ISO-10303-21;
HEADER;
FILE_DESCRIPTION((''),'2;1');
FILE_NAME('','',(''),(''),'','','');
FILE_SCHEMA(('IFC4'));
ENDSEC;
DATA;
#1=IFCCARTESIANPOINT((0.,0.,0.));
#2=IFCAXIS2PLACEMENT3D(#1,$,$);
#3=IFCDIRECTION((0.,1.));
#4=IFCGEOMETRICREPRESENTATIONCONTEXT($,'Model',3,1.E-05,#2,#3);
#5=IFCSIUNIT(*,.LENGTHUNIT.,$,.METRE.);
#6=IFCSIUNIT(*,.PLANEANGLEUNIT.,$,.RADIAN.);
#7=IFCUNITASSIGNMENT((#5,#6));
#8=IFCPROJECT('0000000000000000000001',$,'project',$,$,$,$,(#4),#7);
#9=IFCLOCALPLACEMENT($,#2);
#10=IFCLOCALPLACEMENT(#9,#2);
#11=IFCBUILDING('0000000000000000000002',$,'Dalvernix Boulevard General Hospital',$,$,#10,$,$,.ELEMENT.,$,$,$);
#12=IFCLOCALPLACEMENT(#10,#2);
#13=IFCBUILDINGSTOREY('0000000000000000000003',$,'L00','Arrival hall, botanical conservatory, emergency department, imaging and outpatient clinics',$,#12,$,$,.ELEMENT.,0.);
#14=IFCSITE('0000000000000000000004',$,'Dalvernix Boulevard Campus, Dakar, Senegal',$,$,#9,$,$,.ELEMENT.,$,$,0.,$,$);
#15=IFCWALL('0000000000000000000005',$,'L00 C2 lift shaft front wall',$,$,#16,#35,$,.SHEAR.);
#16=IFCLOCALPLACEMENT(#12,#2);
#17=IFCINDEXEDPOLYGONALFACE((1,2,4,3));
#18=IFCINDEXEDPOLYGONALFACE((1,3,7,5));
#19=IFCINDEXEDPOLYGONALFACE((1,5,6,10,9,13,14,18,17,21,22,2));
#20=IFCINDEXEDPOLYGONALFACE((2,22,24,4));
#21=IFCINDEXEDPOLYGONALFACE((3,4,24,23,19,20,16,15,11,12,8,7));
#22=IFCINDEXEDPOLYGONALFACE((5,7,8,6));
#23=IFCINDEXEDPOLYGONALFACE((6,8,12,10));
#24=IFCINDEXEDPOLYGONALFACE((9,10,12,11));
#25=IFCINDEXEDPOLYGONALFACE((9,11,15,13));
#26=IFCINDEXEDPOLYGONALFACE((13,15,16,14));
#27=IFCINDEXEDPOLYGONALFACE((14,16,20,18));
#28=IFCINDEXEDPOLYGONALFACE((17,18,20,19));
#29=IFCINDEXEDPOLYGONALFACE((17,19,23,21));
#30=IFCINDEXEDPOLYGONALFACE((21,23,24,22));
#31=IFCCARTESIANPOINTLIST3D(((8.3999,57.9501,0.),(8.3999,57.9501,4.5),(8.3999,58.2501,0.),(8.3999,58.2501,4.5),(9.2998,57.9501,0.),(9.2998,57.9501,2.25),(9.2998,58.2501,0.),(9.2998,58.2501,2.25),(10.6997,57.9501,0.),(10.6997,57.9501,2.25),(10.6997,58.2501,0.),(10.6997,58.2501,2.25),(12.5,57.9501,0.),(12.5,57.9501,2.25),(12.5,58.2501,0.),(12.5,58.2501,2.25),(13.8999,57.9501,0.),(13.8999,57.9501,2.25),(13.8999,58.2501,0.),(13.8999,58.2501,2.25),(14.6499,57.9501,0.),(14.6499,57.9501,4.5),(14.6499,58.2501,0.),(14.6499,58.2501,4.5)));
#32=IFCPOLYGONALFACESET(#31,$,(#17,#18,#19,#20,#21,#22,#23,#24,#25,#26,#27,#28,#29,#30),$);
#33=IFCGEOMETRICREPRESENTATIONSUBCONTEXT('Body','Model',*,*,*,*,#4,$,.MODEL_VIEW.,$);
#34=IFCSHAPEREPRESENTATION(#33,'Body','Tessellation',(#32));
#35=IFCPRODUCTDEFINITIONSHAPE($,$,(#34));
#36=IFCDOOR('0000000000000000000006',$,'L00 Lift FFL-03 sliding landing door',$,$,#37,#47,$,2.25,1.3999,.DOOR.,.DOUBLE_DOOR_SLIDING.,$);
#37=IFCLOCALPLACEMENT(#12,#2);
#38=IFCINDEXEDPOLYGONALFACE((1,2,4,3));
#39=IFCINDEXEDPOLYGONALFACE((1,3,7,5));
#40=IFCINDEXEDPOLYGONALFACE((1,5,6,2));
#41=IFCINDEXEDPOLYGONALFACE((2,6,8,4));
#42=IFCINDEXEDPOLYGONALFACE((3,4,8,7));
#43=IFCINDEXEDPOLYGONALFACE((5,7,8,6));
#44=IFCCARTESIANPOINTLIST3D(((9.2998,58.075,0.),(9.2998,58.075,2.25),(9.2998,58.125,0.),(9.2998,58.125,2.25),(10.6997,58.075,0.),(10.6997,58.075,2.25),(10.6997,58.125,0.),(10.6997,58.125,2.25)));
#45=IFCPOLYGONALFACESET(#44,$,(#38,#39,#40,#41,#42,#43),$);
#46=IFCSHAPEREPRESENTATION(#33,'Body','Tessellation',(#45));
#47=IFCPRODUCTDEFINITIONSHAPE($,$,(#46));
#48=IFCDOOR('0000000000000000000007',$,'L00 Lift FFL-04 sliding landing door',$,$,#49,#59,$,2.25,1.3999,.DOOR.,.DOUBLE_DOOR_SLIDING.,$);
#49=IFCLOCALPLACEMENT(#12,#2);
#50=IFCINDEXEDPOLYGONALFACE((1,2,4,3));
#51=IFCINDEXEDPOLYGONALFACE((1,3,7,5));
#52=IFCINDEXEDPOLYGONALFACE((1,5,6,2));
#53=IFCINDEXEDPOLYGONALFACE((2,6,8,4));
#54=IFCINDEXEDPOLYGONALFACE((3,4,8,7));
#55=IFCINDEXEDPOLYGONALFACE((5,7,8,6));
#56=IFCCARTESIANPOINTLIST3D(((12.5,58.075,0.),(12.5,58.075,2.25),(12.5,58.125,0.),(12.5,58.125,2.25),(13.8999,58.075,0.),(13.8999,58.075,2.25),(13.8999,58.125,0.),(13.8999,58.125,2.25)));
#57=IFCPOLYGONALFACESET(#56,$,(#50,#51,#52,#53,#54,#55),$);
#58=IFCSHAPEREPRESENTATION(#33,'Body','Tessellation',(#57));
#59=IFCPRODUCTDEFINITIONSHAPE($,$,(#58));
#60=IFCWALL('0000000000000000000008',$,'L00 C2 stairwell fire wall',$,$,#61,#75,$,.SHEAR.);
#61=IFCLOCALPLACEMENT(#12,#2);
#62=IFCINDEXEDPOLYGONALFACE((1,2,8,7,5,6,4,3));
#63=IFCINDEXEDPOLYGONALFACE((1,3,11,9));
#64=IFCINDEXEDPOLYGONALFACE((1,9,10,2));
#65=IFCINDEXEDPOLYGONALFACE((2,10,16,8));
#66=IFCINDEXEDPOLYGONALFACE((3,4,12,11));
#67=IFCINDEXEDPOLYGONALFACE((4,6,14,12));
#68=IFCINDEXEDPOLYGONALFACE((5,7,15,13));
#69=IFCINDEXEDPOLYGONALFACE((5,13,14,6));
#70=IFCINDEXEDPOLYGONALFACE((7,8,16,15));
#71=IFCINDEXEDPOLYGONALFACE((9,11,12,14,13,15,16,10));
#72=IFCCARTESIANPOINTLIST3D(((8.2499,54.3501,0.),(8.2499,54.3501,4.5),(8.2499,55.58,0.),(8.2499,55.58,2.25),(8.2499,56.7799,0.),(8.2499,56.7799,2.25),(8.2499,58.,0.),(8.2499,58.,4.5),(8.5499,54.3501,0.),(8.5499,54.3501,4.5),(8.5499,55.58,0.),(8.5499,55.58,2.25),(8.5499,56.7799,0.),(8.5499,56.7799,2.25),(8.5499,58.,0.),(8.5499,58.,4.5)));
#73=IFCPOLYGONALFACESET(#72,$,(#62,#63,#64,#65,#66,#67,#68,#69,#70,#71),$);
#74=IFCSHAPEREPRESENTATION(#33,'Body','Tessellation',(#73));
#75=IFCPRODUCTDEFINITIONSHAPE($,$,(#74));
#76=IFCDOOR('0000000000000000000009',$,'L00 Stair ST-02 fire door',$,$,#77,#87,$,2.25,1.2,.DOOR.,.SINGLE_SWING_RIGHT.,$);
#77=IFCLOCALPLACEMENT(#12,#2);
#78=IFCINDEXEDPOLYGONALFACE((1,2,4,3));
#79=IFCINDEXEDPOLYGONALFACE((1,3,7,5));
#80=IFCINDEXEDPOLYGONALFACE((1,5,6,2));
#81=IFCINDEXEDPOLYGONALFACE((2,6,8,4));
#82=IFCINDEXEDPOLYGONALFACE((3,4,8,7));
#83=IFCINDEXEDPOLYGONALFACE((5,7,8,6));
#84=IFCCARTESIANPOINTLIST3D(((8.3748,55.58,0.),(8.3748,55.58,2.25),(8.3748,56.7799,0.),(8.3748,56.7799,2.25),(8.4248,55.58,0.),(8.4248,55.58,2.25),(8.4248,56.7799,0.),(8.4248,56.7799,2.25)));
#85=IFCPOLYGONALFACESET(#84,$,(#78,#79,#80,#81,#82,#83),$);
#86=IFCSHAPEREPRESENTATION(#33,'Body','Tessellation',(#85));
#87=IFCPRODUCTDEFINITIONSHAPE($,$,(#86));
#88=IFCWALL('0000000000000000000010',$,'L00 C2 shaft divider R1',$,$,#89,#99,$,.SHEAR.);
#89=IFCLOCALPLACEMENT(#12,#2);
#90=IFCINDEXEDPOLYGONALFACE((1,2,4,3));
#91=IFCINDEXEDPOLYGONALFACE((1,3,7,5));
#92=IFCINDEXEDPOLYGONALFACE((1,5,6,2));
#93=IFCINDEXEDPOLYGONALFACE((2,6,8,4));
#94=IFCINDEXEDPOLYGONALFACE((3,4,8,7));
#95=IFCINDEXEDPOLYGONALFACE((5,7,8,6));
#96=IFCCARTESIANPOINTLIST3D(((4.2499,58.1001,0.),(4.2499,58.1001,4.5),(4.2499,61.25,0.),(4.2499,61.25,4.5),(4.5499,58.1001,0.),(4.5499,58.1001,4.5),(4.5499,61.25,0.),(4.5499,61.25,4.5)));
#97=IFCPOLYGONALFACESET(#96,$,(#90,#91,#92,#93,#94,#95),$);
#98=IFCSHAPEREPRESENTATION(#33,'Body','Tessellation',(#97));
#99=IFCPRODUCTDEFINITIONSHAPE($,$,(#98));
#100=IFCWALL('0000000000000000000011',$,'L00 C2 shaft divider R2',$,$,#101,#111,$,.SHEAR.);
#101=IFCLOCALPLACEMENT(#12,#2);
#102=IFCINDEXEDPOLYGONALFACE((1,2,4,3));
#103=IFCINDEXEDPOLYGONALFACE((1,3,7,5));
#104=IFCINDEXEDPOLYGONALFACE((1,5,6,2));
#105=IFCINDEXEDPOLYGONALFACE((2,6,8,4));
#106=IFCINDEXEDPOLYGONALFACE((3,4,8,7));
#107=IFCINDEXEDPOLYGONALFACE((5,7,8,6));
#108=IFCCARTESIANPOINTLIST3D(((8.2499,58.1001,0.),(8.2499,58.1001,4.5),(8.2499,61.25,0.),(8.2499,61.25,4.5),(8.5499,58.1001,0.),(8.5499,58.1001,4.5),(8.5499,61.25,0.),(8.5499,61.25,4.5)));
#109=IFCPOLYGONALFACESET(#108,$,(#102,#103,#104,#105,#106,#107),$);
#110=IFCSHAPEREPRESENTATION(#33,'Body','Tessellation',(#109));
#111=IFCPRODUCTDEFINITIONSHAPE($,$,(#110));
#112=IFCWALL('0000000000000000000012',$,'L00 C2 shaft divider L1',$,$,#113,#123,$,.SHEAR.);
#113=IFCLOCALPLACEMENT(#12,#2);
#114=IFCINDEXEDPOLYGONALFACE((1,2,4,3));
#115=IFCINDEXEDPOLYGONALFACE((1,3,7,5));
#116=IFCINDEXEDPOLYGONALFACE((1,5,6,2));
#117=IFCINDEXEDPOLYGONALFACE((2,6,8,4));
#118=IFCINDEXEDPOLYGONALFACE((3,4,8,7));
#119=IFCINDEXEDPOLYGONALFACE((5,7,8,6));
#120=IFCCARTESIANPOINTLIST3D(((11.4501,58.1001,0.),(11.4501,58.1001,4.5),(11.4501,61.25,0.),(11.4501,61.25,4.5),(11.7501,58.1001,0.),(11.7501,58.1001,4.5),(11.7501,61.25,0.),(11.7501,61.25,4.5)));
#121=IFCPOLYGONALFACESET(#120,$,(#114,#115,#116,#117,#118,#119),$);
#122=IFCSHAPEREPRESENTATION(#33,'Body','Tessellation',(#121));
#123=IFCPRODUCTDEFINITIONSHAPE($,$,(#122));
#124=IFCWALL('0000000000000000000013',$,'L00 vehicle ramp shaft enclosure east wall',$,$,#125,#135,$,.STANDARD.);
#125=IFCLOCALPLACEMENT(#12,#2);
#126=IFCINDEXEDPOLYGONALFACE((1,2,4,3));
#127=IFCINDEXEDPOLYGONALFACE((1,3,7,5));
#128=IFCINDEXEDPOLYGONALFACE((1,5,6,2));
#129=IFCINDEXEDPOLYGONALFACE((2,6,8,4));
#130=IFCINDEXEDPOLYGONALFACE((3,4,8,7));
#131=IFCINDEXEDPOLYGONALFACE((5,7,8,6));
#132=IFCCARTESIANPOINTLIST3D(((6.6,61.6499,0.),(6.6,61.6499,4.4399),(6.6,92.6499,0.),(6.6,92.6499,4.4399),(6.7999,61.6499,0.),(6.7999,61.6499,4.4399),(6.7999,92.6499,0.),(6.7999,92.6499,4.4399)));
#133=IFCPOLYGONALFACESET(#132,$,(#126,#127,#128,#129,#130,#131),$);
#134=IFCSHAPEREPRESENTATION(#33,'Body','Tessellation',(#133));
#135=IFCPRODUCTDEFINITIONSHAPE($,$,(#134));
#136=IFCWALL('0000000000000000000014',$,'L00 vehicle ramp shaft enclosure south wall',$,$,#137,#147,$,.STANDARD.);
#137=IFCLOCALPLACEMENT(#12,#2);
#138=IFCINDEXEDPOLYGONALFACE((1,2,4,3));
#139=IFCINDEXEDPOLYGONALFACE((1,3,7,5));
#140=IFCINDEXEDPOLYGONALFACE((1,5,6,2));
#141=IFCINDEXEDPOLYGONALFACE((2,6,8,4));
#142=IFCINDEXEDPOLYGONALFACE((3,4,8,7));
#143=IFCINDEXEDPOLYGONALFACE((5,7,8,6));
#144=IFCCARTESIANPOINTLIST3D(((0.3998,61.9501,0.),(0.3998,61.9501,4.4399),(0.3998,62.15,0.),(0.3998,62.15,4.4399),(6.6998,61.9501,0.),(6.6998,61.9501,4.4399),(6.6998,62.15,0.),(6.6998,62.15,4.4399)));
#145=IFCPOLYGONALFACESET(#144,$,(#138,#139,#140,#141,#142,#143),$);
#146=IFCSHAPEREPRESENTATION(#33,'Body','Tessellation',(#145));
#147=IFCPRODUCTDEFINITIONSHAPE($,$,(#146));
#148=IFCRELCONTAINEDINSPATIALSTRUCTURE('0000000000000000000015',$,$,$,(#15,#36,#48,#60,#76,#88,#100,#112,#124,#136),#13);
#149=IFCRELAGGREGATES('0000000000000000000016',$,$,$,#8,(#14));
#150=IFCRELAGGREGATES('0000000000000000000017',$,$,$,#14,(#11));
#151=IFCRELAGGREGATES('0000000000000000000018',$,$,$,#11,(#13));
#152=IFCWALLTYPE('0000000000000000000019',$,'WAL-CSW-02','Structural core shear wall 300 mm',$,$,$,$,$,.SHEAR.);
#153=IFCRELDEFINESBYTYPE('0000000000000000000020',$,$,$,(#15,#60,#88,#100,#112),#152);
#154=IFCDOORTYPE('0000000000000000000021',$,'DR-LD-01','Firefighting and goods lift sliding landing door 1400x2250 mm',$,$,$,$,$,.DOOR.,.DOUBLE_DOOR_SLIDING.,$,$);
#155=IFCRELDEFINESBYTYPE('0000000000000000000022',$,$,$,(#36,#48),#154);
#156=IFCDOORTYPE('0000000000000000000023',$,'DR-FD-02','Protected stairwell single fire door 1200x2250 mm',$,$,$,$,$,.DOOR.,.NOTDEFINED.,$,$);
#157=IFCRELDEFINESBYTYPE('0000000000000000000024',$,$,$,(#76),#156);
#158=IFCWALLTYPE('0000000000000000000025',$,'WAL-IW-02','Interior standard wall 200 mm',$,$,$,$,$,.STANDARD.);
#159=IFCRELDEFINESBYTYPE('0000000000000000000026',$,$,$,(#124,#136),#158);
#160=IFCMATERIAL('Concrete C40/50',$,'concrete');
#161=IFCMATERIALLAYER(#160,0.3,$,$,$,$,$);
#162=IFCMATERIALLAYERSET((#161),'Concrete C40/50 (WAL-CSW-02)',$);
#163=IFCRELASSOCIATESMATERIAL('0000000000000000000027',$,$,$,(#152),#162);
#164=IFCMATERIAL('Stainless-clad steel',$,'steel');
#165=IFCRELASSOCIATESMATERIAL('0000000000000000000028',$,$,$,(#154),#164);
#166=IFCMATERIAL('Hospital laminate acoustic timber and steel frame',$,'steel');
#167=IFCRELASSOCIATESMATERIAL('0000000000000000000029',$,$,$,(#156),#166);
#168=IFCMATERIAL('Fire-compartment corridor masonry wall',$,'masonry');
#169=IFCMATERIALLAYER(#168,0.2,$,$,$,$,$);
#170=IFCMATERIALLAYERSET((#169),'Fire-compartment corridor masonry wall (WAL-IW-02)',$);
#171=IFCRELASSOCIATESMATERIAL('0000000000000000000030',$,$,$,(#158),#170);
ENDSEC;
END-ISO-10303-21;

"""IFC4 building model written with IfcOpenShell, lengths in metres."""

from ifc_helpers import new_model, si_unit, direction, frame, frame_2d, origin, place, context, subcontext, project, spatial, rectangle, extrude, material, layer, layer_set, type_object, element, fill, save


model = new_model("IFC4")

# Units and contexts
model_context = context("Model", 3, precision=1e-05, world=origin(), true_north=direction((0.0, 1.0)))
body_context = subcontext(model_context, "Body", "Model", "MODEL_VIEW")
ifc_project = project(units=[si_unit("LENGTHUNIT", "METRE"), si_unit("PLANEANGLEUNIT", "RADIAN")], contexts=[model_context])

# Site, building, storey
site_placement = place(None, origin())
site = spatial("IfcSite", under=ifc_project, at=site_placement, Name="Dalvernix Boulevard Campus, Dakar, Senegal", CompositionType="ELEMENT", RefElevation=0.0)
building_placement = place(site_placement, origin())
building = spatial("IfcBuilding", under=site, at=building_placement, Name="Dalvernix Boulevard General Hospital", CompositionType="ELEMENT")
storey_placement = place(building_placement, origin())
storey = spatial("IfcBuildingStorey", under=building, at=storey_placement, Name="L00", Description="Arrival hall, botanical conservatory, emergency department, imaging and outpatient clinics", CompositionType="ELEMENT", Elevation=0.0)

# Shared definitions
ifc_material_1 = material(Name="Concrete C40/50", Category="concrete")

# Shared definitions
ifc_layer_1 = layer(ifc_material_1, 0.3)
ifc_layer_set_1 = layer_set([ifc_layer_1], Name="Concrete C40/50 (WAL-CSW-02)")
wall_type_1 = type_object("IfcWallType", Name="WAL-CSW-02", Description="Structural core shear wall 300 mm", PredefinedType="SHEAR", material=ifc_layer_set_1)

# Wall, openings, doors
wall_1_placement = place(storey_placement, frame((8.3999, 58.1001, 0.0), z_axis=(0.0, 0.0, 1.0), x_axis=(1.0, 0.0, 0.0)))
wall_1 = element("IfcWall", 1, at=wall_1_placement, inside=storey, type_object=wall_type_1, Name="L00 C2 lift shaft front wall", PredefinedType="SHEAR", context=body_context, shape_type="SweptSolid", body=[
    extrude(rectangle(XDim=6.25, YDim=0.3, at=frame_2d((3.125, 0.0))), origin(), (0.0, 0.0, 1.0), 4.5),
])
opening_1_placement = place(wall_1_placement, frame((0.8999, 0.0, 0.0)))
opening_1 = element("IfcOpeningElement", 2, at=opening_1_placement, cuts=wall_1, PredefinedType="OPENING", context=body_context, shape_type="SweptSolid", body=[
    extrude(rectangle(XDim=1.3999, YDim=2.25, at=frame_2d((0.7, 1.125))), frame((0.0, 0.1599, 0.0), z_axis=(0.0, -1.0, 0.0), x_axis=(1.0, 0.0, 0.0)), (0.0, 0.0, 1.0), 0.3201),
])
opening_2_placement = place(wall_1_placement, frame((4.1001, 0.0, 0.0)))
opening_2 = element("IfcOpeningElement", 3, at=opening_2_placement, cuts=wall_1, PredefinedType="OPENING", context=body_context, shape_type="SweptSolid", body=[
    extrude(rectangle(XDim=1.3999, YDim=2.25, at=frame_2d((0.7, 1.125))), frame((0.0, 0.1599, 0.0), z_axis=(0.0, -1.0, 0.0), x_axis=(1.0, 0.0, 0.0)), (0.0, 0.0, 1.0), 0.3201),
])
ifc_material_2 = material(Name="Stainless-clad steel", Category="steel")
door_type_1 = type_object("IfcDoorType", Name="DR-LD-01", Description="Firefighting and goods lift sliding landing door 1400x2250 mm", OperationType="DOUBLE_DOOR_SLIDING", PredefinedType="DOOR", material=ifc_material_2)
door_1_placement = place(opening_1_placement, origin())
door_1 = element("IfcDoor", 4, at=door_1_placement, inside=storey, type_object=door_type_1, Name="L00 Lift FFL-03 sliding landing door", OperationType="DOUBLE_DOOR_SLIDING", OverallHeight=2.25, OverallWidth=1.3999, PredefinedType="DOOR", context=body_context, shape_type="SweptSolid", body=[
    extrude(rectangle(XDim=1.3999, YDim=2.25, at=frame_2d((0.7, 1.125))), frame((0.0, 0.0249, 0.0), z_axis=(0.0, -1.0, 0.0), x_axis=(1.0, 0.0, 0.0)), (0.0, 0.0, 1.0), 0.05),
])
fill(opening_1, door_1)
door_2_placement = place(opening_2_placement, origin())
door_2 = element("IfcDoor", 5, at=door_2_placement, inside=storey, type_object=door_type_1, Name="L00 Lift FFL-04 sliding landing door", OperationType="DOUBLE_DOOR_SLIDING", OverallHeight=2.25, OverallWidth=1.3999, PredefinedType="DOOR", context=body_context, shape_type="SweptSolid", body=[
    extrude(rectangle(XDim=1.3999, YDim=2.25, at=frame_2d((0.7, 1.125))), frame((0.0, 0.0249, 0.0), z_axis=(0.0, -1.0, 0.0), x_axis=(1.0, 0.0, 0.0)), (0.0, 0.0, 1.0), 0.05),
])
fill(opening_2, door_2)

# Wall, opening, door
wall_2_placement = place(storey_placement, frame((8.3999, 58.0, 0.0), z_axis=(0.0, 0.0, 1.0), x_axis=(0.0, -1.0, 0.0)))
wall_2 = element("IfcWall", 6, at=wall_2_placement, inside=storey, type_object=wall_type_1, Name="L00 C2 stairwell fire wall", PredefinedType="SHEAR", context=body_context, shape_type="SweptSolid", body=[
    extrude(rectangle(XDim=3.6499, YDim=0.3, at=frame_2d((1.825, 0.0))), origin(), (0.0, 0.0, 1.0), 4.5),
])
opening_3_placement = place(wall_2_placement, frame((1.22, 0.0, 0.0)))
opening_3 = element("IfcOpeningElement", 7, at=opening_3_placement, cuts=wall_2, PredefinedType="OPENING", context=body_context, shape_type="SweptSolid", body=[
    extrude(rectangle(XDim=1.2, YDim=2.25, at=frame_2d((0.6001, 1.125))), frame((0.0, 0.1599, 0.0), z_axis=(0.0, -1.0, 0.0), x_axis=(1.0, 0.0, 0.0)), (0.0, 0.0, 1.0), 0.3201),
])
ifc_material_3 = material(Name="Hospital laminate acoustic timber and steel frame", Category="steel")
door_type_2 = type_object("IfcDoorType", Name="DR-FD-02", Description="Protected stairwell single fire door 1200x2250 mm", OperationType="NOTDEFINED", PredefinedType="DOOR", material=ifc_material_3)
door_3_placement = place(opening_3_placement, origin())
door_3 = element("IfcDoor", 8, at=door_3_placement, inside=storey, type_object=door_type_2, Name="L00 Stair ST-02 fire door", OperationType="SINGLE_SWING_RIGHT", OverallHeight=2.25, OverallWidth=1.2, PredefinedType="DOOR", context=body_context, shape_type="SweptSolid", body=[
    extrude(rectangle(XDim=1.2, YDim=2.25, at=frame_2d((0.6001, 1.125))), frame((0.0, 0.0249, 0.0), z_axis=(0.0, -1.0, 0.0), x_axis=(1.0, 0.0, 0.0)), (0.0, 0.0, 1.0), 0.05),
])
fill(opening_3, door_3)

# Walls
for number, where, z_axis, x_axis, name in (
    (9, (4.3999, 58.1001, 0.0), (0.0, 0.0, 1.0), (0.0, 1.0, 0.0), "L00 C2 shaft divider R1"),
    (10, (8.3999, 58.1001, 0.0), (0.0, 0.0, 1.0), (0.0, 1.0, 0.0), "L00 C2 shaft divider R2"),
    (11, (11.6001, 58.1001, 0.0), (0.0, 0.0, 1.0), (0.0, 1.0, 0.0), "L00 C2 shaft divider L1"),
):
    element("IfcWall", number, at=place(storey_placement, frame(where, z_axis=z_axis, x_axis=x_axis)), inside=storey, type_object=wall_type_1, Name=name, PredefinedType="SHEAR", context=body_context, shape_type="SweptSolid", body=[
        extrude(rectangle(XDim=3.1499, YDim=0.3, at=frame_2d((1.575, 0.0))), origin(), (0.0, 0.0, 1.0), 4.5),
    ])
ifc_material_4 = material(Name="Fire-compartment corridor masonry wall", Category="masonry")
ifc_layer_2 = layer(ifc_material_4, 0.2)
ifc_layer_set_2 = layer_set([ifc_layer_2], Name="Fire-compartment corridor masonry wall (WAL-IW-02)")
wall_type_2 = type_object("IfcWallType", Name="WAL-IW-02", Description="Interior standard wall 200 mm", PredefinedType="STANDARD", material=ifc_layer_set_2)
wall_3_placement = place(storey_placement, frame((6.7, 61.6499, 0.0), z_axis=(0.0, 0.0, 1.0), x_axis=(0.0, 1.0, 0.0)))
element("IfcWall", 12, at=wall_3_placement, inside=storey, type_object=wall_type_2, Name="L00 vehicle ramp shaft enclosure east wall", PredefinedType="STANDARD", context=body_context, shape_type="SweptSolid", body=[
    extrude(rectangle(XDim=31.0, YDim=0.2, at=frame_2d((15.5, 0.0))), origin(), (0.0, 0.0, 1.0), 4.4399),
])
wall_4_placement = place(storey_placement, frame((0.3999, 62.05, 0.0), z_axis=(0.0, 0.0, 1.0), x_axis=(1.0, 0.0, 0.0)))
element("IfcWall", 13, at=wall_4_placement, inside=storey, type_object=wall_type_2, Name="L00 vehicle ramp shaft enclosure south wall", PredefinedType="STANDARD", context=body_context, shape_type="SweptSolid", body=[
    extrude(rectangle(XDim=6.3, YDim=0.2, at=frame_2d((3.1499, 0.0))), origin(), (0.0, 0.0, 1.0), 4.4399),
])

save(model, "model.ifc")
